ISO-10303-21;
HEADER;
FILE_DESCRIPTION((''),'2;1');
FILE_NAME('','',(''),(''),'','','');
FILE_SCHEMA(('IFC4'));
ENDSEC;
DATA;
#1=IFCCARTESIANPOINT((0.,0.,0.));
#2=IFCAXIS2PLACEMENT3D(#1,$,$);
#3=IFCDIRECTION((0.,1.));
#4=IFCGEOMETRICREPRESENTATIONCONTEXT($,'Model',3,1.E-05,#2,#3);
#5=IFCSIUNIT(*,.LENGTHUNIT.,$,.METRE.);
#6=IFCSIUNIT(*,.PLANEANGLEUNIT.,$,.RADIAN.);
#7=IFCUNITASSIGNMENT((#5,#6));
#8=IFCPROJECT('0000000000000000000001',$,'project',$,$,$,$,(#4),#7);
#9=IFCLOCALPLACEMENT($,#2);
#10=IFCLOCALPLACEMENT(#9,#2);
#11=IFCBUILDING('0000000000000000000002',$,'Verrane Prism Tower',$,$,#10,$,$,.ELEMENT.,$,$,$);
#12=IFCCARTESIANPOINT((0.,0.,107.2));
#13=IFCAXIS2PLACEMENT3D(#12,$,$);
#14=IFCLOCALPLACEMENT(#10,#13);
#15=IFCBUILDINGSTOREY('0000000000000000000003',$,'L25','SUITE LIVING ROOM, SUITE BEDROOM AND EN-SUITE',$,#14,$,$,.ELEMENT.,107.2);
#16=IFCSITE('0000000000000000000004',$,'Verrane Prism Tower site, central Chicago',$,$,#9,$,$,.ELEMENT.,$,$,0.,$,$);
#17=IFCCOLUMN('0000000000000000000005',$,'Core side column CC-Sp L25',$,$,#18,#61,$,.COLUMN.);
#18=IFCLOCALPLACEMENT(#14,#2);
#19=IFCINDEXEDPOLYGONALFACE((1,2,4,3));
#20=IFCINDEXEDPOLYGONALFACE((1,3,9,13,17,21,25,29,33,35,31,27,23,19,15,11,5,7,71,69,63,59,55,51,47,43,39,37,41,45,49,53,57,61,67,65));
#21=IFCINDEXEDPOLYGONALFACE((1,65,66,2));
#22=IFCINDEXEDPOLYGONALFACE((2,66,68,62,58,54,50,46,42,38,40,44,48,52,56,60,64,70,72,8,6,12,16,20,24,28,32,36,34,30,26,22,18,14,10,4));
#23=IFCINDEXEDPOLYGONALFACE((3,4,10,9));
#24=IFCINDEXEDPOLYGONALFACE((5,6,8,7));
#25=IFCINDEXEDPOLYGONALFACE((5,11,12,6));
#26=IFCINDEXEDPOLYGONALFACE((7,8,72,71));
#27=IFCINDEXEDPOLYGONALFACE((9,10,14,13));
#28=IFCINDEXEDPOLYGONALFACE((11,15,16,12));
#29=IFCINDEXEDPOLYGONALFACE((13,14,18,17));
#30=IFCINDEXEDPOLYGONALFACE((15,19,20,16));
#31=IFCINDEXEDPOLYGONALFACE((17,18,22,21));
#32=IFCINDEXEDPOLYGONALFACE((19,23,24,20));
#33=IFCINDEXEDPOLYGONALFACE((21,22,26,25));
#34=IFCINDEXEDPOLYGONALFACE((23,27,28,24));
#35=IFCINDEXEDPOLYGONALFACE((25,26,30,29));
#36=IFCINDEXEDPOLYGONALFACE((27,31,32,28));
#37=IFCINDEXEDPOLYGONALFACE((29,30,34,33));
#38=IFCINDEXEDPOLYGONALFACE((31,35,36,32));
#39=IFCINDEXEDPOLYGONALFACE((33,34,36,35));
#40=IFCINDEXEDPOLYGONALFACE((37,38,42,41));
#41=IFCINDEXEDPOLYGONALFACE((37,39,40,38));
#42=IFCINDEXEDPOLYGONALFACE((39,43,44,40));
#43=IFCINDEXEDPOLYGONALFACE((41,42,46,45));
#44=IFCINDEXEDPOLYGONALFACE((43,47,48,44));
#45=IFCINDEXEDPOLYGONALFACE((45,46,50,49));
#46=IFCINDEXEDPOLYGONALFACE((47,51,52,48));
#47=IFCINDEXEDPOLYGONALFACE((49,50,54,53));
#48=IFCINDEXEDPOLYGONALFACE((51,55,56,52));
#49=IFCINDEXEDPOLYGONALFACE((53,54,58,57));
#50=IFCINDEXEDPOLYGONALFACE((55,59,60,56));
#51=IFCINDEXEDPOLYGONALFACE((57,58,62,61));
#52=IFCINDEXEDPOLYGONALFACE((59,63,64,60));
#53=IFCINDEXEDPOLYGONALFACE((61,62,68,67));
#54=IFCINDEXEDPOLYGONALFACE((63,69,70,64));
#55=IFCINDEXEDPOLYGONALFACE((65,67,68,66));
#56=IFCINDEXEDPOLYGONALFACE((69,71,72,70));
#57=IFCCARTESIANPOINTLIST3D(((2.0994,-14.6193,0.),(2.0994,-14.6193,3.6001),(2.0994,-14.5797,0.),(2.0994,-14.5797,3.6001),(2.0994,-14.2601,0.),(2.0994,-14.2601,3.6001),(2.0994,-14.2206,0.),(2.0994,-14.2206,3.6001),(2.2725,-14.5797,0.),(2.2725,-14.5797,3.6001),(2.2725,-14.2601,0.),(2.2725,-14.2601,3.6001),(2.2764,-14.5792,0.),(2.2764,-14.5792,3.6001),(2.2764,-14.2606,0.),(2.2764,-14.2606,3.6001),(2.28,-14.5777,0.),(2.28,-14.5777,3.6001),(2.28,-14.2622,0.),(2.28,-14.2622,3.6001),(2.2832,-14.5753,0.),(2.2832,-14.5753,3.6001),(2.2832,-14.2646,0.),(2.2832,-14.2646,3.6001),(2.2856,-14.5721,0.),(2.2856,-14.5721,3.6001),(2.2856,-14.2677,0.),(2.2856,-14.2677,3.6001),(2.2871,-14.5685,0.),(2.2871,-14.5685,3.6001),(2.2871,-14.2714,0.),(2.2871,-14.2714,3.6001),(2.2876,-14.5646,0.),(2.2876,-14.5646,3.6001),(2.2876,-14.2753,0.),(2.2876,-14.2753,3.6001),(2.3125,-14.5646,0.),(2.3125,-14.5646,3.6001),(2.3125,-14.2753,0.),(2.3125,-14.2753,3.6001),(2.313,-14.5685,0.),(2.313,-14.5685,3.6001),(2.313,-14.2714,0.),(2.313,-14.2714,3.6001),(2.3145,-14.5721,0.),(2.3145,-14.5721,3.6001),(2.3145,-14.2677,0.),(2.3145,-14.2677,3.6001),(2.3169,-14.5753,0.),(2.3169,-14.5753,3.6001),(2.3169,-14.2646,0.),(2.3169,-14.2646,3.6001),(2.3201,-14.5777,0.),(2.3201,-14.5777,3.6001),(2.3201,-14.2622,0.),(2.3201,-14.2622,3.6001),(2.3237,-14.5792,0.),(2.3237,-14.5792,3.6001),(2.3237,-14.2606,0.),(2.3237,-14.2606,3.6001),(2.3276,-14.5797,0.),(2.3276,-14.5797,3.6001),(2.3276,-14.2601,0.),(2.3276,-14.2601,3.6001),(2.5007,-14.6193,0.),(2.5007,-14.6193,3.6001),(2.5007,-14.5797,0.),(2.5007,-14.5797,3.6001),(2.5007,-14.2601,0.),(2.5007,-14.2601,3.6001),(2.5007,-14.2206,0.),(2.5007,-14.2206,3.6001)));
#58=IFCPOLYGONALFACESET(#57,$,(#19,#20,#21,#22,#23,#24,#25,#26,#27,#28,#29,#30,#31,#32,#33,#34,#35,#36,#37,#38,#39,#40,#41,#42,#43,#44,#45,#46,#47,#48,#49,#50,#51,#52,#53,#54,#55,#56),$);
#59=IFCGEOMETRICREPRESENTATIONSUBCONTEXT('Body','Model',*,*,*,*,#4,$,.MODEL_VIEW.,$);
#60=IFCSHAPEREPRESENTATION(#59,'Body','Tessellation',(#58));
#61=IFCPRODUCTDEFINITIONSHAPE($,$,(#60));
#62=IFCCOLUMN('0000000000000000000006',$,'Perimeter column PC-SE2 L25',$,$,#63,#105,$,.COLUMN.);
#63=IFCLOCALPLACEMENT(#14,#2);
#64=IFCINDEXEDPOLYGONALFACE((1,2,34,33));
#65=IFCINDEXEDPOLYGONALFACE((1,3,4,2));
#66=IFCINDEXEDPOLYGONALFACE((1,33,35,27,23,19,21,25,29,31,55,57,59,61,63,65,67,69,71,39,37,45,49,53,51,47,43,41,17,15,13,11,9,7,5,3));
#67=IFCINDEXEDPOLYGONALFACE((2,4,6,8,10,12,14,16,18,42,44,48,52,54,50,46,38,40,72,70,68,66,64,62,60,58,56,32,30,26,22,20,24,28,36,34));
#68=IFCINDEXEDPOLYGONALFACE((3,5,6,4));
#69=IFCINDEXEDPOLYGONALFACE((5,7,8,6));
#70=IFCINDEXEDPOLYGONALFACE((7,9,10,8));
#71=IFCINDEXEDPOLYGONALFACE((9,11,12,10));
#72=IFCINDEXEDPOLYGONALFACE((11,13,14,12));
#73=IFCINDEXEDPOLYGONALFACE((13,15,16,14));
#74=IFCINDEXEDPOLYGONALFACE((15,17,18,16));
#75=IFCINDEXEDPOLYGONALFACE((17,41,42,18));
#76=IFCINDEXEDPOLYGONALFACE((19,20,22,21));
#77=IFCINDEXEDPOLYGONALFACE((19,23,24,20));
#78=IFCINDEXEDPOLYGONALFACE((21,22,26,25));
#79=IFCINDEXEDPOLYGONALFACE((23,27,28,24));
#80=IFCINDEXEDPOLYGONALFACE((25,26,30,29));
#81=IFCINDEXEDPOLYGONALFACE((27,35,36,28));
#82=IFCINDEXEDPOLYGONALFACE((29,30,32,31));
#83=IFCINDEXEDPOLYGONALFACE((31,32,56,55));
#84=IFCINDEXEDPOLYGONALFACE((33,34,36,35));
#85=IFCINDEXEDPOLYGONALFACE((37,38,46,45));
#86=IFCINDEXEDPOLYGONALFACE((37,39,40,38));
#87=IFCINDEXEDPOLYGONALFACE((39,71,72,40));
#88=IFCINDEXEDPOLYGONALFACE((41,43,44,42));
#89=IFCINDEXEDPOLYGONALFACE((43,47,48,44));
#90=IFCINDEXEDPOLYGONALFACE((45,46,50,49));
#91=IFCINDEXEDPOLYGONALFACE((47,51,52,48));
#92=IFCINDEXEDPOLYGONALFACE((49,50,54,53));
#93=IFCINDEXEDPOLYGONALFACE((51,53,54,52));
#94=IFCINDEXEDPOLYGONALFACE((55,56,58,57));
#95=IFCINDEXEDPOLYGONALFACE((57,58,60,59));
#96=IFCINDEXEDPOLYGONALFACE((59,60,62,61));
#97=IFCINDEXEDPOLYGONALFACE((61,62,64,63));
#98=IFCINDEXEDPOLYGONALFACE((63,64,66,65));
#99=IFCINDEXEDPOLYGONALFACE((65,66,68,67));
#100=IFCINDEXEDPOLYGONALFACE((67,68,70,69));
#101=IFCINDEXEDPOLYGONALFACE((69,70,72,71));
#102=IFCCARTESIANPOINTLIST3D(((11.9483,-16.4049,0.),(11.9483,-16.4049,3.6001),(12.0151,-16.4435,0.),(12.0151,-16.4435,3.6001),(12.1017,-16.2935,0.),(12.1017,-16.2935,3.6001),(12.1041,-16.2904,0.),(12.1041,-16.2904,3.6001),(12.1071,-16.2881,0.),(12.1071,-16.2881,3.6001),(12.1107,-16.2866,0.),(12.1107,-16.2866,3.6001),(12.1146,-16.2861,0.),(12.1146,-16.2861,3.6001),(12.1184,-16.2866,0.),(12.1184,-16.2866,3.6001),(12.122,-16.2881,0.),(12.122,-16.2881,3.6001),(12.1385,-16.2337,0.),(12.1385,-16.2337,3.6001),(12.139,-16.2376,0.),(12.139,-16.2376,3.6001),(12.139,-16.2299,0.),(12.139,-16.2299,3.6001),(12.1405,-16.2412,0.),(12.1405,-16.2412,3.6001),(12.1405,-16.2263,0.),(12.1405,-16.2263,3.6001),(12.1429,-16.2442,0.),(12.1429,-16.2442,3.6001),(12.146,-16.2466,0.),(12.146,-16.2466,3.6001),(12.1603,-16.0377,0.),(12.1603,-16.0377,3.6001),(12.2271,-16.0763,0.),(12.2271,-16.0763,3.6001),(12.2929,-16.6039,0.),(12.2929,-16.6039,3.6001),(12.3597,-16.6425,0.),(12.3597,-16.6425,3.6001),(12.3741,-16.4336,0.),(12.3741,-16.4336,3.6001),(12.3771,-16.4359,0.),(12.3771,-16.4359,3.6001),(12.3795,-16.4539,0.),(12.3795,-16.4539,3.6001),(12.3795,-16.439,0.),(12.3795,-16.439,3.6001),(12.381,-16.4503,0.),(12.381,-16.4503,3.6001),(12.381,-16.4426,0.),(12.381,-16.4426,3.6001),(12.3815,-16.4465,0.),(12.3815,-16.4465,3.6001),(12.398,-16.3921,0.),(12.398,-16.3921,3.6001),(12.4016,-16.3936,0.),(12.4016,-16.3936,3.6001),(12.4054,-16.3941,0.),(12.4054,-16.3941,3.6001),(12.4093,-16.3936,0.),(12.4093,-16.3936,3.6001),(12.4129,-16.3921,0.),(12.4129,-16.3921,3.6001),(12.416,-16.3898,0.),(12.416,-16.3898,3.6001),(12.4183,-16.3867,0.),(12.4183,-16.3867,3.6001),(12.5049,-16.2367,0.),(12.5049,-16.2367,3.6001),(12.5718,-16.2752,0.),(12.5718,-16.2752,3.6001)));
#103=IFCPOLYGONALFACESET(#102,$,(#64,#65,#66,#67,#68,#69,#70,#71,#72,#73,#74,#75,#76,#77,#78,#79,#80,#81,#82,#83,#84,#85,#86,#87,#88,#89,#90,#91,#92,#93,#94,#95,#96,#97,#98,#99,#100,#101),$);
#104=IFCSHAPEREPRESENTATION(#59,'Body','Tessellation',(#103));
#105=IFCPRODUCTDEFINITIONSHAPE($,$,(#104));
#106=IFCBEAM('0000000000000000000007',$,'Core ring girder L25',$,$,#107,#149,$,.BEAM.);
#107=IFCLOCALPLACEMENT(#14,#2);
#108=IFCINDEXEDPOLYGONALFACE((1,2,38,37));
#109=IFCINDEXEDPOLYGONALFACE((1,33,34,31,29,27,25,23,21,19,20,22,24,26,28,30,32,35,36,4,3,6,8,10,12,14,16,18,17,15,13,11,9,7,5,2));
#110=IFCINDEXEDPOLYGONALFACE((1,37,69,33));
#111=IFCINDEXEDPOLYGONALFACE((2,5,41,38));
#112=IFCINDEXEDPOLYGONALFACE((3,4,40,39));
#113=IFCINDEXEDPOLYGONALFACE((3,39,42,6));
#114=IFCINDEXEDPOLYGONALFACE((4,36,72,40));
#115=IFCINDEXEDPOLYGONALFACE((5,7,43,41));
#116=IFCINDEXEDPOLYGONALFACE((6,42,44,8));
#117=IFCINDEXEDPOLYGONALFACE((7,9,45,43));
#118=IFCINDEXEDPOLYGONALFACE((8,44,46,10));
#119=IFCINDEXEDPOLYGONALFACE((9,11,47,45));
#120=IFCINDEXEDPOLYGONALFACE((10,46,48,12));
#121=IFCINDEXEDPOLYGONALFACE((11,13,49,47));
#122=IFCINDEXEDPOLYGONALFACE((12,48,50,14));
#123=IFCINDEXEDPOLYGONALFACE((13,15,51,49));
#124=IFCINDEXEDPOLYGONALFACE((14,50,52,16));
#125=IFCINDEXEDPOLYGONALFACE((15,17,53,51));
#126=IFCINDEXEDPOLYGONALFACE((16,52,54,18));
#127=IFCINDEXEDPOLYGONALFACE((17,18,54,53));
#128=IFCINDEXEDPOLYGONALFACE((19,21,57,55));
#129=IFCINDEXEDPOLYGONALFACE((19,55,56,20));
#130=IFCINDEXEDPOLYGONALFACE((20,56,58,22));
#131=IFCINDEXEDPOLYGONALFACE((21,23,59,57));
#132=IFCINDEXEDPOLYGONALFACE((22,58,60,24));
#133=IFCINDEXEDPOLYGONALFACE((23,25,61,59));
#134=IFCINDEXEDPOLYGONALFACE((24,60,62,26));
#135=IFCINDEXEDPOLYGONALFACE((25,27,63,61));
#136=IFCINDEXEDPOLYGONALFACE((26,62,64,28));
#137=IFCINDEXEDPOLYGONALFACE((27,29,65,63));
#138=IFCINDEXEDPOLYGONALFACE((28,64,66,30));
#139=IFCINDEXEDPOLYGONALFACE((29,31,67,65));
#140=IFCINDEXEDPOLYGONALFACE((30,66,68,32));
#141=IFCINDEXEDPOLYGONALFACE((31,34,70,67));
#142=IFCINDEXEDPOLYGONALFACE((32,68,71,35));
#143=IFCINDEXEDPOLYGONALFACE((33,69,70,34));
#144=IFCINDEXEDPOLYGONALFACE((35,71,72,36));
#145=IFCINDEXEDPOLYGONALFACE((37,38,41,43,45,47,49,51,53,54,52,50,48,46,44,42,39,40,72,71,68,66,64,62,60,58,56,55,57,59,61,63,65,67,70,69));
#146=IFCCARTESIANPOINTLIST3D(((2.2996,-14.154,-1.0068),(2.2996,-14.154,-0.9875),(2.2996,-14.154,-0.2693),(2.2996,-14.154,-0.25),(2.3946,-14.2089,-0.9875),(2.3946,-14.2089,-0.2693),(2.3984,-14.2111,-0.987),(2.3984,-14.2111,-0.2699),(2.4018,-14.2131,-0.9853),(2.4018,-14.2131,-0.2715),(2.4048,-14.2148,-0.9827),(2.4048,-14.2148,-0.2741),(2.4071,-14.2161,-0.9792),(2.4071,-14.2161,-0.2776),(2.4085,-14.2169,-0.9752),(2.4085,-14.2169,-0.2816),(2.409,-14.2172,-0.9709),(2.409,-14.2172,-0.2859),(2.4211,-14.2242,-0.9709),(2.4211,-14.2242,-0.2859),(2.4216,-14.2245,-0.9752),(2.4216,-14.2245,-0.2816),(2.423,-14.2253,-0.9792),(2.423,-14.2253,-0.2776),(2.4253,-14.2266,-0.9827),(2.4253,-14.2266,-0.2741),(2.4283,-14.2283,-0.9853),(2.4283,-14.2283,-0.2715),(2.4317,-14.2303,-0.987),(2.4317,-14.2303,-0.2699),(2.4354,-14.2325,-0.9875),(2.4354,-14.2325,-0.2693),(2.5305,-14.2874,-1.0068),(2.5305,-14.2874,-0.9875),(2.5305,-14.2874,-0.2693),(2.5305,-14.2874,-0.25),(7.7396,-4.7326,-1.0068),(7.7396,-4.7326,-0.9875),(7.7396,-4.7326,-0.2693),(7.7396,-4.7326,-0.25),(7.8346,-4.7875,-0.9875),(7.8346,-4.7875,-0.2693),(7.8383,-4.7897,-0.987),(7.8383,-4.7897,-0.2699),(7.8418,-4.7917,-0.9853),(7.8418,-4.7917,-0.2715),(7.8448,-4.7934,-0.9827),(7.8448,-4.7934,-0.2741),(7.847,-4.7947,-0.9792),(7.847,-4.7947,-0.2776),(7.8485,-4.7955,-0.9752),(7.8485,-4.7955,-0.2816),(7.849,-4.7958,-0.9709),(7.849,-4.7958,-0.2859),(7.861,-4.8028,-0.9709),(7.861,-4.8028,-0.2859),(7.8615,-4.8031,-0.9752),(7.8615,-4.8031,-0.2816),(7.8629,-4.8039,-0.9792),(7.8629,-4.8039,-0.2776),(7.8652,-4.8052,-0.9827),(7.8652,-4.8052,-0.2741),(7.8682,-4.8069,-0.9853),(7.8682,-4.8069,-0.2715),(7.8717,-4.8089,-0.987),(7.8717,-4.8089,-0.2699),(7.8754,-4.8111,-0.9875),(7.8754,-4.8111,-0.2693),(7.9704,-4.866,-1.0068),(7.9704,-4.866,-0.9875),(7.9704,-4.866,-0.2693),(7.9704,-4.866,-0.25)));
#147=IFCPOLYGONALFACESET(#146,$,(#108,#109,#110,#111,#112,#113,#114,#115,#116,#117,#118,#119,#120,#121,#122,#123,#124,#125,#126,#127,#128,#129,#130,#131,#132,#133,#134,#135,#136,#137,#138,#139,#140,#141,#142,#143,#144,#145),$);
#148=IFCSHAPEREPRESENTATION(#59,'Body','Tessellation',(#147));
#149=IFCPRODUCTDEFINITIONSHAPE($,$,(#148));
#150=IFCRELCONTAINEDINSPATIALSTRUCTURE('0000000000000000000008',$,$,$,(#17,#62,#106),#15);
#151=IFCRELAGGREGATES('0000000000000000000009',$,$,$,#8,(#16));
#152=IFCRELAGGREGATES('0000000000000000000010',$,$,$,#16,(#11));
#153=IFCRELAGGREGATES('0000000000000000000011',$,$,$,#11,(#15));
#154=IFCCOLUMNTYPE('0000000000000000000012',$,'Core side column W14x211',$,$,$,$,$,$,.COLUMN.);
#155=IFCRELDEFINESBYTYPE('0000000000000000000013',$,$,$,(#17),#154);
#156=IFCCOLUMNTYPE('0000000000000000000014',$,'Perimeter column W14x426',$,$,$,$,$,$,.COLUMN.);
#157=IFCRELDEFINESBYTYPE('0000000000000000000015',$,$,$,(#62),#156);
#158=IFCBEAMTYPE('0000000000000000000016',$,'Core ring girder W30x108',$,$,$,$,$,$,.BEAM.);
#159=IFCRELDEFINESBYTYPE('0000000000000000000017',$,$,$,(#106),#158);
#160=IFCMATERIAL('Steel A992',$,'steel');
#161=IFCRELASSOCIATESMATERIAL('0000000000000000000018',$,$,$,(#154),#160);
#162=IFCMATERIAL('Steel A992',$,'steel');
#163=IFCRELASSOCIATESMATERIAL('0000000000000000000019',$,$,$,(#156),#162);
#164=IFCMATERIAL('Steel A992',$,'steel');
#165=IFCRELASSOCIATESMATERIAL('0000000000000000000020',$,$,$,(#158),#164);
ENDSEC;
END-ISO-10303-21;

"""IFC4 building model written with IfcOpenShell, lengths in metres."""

from ifc_helpers import new_model, si_unit, direction, frame, origin, origin_2d, place, context, subcontext, project, spatial, i_section, extrude, material, material_profile, profile_set, type_object, element, save


model = new_model("IFC4")

# Units and contexts
model_context = context("Model", 3, precision=1e-05, world=origin(), true_north=direction((0.0, 1.0)))
body_context = subcontext(model_context, "Body", "Model", "MODEL_VIEW")
ifc_project = project(units=[si_unit("LENGTHUNIT", "METRE"), si_unit("PLANEANGLEUNIT", "RADIAN")], contexts=[model_context])

# Site, building, storey
site_placement = place(None, origin())
site = spatial("IfcSite", under=ifc_project, at=site_placement, Name="Verrane Prism Tower site, central Chicago", CompositionType="ELEMENT", RefElevation=0.0)
building_placement = place(site_placement, origin())
building = spatial("IfcBuilding", under=site, at=building_placement, Name="Verrane Prism Tower", CompositionType="ELEMENT")
storey_placement = place(building_placement, frame((0.0, 0.0, 107.2)))
storey = spatial("IfcBuildingStorey", under=building, at=storey_placement, Name="L25", Description="SUITE LIVING ROOM, SUITE BEDROOM AND EN-SUITE", CompositionType="ELEMENT", Elevation=107.2)

# Columns
ifc_material_1 = material(Name="Steel A992", Category="steel")
ifc_material_profile_1 = material_profile(ifc_material_1, i_section(OverallWidth=0.4014, OverallDepth=0.3987, WebThickness=0.0249, FlangeThickness=0.0396, FilletRadius=0.0151, at=origin_2d()), Name="W14x211")
ifc_profile_set_1 = profile_set([ifc_material_profile_1], Name="Steel A992")
column_type_1 = type_object("IfcColumnType", Name="Core side column W14x211", PredefinedType="COLUMN", material=ifc_profile_set_1)
column_1_placement = place(storey_placement, frame((2.3, -14.4199, 0.0), z_axis=(0.0, 0.0, 1.0), x_axis=(1.0, 0.0, 0.0)))
element("IfcColumn", 1, at=column_1_placement, inside=storey, type_object=column_type_1, Name="Core side column CC-Sp L25", PredefinedType="COLUMN", context=body_context, shape_type="SweptSolid", body=[
    extrude(i_section(OverallWidth=0.4014, OverallDepth=0.3987, WebThickness=0.0249, FlangeThickness=0.0396, FilletRadius=0.0151, at=origin_2d()), origin(), (0.0, 0.0, 1.0), 3.6001),
])
ifc_material_2 = material(Name="Steel A992", Category="steel")
ifc_material_profile_2 = material_profile(ifc_material_2, i_section(OverallWidth=0.4241, OverallDepth=0.4751, WebThickness=0.0479, FlangeThickness=0.0771, FilletRadius=0.0149, at=origin_2d()), Name="W14x426")
ifc_profile_set_2 = profile_set([ifc_material_profile_2], Name="Steel A992")
column_type_2 = type_object("IfcColumnType", Name="Perimeter column W14x426", PredefinedType="COLUMN", material=ifc_profile_set_2)
column_2_placement = place(storey_placement, frame((12.26, -16.3401, 0.0), z_axis=(0.0, 0.0, 1.0), x_axis=(-0.5, -0.866025, 0.0)))
element("IfcColumn", 2, at=column_2_placement, inside=storey, type_object=column_type_2, Name="Perimeter column PC-SE2 L25", PredefinedType="COLUMN", context=body_context, shape_type="SweptSolid", body=[
    extrude(i_section(OverallWidth=0.4241, OverallDepth=0.4751, WebThickness=0.0479, FlangeThickness=0.0771, FilletRadius=0.0149, at=origin_2d()), origin(), (0.0, 0.0, 1.0), 3.6001),
])

# Beam
ifc_material_3 = material(Name="Steel A992", Category="steel")
ifc_material_profile_3 = material_profile(ifc_material_3, i_section(OverallWidth=0.2666, OverallDepth=0.7568, WebThickness=0.0139, FlangeThickness=0.0193, FilletRadius=0.0166, at=origin_2d()), Name="W30x108")
ifc_profile_set_3 = profile_set([ifc_material_profile_3], Name="Steel A992")
beam_type_1 = type_object("IfcBeamType", Name="Core ring girder W30x108", PredefinedType="BEAM", material=ifc_profile_set_3)
beam_1_placement = place(storey_placement, frame((2.415, -14.2207, -0.6284), z_axis=(0.500035, 0.866005, 0.0), x_axis=(-0.866005, 0.500035, 0.0)))
element("IfcBeam", 3, at=beam_1_placement, inside=storey, type_object=beam_type_1, Name="Core ring girder L25", PredefinedType="BEAM", context=body_context, shape_type="SweptSolid", body=[
    extrude(i_section(OverallWidth=0.2666, OverallDepth=0.7568, WebThickness=0.0139, FlangeThickness=0.0193, FilletRadius=0.0166, at=origin_2d()), origin(), (0.0, 0.0, 1.0), 10.8792),
])

save(model, "model.ifc")
